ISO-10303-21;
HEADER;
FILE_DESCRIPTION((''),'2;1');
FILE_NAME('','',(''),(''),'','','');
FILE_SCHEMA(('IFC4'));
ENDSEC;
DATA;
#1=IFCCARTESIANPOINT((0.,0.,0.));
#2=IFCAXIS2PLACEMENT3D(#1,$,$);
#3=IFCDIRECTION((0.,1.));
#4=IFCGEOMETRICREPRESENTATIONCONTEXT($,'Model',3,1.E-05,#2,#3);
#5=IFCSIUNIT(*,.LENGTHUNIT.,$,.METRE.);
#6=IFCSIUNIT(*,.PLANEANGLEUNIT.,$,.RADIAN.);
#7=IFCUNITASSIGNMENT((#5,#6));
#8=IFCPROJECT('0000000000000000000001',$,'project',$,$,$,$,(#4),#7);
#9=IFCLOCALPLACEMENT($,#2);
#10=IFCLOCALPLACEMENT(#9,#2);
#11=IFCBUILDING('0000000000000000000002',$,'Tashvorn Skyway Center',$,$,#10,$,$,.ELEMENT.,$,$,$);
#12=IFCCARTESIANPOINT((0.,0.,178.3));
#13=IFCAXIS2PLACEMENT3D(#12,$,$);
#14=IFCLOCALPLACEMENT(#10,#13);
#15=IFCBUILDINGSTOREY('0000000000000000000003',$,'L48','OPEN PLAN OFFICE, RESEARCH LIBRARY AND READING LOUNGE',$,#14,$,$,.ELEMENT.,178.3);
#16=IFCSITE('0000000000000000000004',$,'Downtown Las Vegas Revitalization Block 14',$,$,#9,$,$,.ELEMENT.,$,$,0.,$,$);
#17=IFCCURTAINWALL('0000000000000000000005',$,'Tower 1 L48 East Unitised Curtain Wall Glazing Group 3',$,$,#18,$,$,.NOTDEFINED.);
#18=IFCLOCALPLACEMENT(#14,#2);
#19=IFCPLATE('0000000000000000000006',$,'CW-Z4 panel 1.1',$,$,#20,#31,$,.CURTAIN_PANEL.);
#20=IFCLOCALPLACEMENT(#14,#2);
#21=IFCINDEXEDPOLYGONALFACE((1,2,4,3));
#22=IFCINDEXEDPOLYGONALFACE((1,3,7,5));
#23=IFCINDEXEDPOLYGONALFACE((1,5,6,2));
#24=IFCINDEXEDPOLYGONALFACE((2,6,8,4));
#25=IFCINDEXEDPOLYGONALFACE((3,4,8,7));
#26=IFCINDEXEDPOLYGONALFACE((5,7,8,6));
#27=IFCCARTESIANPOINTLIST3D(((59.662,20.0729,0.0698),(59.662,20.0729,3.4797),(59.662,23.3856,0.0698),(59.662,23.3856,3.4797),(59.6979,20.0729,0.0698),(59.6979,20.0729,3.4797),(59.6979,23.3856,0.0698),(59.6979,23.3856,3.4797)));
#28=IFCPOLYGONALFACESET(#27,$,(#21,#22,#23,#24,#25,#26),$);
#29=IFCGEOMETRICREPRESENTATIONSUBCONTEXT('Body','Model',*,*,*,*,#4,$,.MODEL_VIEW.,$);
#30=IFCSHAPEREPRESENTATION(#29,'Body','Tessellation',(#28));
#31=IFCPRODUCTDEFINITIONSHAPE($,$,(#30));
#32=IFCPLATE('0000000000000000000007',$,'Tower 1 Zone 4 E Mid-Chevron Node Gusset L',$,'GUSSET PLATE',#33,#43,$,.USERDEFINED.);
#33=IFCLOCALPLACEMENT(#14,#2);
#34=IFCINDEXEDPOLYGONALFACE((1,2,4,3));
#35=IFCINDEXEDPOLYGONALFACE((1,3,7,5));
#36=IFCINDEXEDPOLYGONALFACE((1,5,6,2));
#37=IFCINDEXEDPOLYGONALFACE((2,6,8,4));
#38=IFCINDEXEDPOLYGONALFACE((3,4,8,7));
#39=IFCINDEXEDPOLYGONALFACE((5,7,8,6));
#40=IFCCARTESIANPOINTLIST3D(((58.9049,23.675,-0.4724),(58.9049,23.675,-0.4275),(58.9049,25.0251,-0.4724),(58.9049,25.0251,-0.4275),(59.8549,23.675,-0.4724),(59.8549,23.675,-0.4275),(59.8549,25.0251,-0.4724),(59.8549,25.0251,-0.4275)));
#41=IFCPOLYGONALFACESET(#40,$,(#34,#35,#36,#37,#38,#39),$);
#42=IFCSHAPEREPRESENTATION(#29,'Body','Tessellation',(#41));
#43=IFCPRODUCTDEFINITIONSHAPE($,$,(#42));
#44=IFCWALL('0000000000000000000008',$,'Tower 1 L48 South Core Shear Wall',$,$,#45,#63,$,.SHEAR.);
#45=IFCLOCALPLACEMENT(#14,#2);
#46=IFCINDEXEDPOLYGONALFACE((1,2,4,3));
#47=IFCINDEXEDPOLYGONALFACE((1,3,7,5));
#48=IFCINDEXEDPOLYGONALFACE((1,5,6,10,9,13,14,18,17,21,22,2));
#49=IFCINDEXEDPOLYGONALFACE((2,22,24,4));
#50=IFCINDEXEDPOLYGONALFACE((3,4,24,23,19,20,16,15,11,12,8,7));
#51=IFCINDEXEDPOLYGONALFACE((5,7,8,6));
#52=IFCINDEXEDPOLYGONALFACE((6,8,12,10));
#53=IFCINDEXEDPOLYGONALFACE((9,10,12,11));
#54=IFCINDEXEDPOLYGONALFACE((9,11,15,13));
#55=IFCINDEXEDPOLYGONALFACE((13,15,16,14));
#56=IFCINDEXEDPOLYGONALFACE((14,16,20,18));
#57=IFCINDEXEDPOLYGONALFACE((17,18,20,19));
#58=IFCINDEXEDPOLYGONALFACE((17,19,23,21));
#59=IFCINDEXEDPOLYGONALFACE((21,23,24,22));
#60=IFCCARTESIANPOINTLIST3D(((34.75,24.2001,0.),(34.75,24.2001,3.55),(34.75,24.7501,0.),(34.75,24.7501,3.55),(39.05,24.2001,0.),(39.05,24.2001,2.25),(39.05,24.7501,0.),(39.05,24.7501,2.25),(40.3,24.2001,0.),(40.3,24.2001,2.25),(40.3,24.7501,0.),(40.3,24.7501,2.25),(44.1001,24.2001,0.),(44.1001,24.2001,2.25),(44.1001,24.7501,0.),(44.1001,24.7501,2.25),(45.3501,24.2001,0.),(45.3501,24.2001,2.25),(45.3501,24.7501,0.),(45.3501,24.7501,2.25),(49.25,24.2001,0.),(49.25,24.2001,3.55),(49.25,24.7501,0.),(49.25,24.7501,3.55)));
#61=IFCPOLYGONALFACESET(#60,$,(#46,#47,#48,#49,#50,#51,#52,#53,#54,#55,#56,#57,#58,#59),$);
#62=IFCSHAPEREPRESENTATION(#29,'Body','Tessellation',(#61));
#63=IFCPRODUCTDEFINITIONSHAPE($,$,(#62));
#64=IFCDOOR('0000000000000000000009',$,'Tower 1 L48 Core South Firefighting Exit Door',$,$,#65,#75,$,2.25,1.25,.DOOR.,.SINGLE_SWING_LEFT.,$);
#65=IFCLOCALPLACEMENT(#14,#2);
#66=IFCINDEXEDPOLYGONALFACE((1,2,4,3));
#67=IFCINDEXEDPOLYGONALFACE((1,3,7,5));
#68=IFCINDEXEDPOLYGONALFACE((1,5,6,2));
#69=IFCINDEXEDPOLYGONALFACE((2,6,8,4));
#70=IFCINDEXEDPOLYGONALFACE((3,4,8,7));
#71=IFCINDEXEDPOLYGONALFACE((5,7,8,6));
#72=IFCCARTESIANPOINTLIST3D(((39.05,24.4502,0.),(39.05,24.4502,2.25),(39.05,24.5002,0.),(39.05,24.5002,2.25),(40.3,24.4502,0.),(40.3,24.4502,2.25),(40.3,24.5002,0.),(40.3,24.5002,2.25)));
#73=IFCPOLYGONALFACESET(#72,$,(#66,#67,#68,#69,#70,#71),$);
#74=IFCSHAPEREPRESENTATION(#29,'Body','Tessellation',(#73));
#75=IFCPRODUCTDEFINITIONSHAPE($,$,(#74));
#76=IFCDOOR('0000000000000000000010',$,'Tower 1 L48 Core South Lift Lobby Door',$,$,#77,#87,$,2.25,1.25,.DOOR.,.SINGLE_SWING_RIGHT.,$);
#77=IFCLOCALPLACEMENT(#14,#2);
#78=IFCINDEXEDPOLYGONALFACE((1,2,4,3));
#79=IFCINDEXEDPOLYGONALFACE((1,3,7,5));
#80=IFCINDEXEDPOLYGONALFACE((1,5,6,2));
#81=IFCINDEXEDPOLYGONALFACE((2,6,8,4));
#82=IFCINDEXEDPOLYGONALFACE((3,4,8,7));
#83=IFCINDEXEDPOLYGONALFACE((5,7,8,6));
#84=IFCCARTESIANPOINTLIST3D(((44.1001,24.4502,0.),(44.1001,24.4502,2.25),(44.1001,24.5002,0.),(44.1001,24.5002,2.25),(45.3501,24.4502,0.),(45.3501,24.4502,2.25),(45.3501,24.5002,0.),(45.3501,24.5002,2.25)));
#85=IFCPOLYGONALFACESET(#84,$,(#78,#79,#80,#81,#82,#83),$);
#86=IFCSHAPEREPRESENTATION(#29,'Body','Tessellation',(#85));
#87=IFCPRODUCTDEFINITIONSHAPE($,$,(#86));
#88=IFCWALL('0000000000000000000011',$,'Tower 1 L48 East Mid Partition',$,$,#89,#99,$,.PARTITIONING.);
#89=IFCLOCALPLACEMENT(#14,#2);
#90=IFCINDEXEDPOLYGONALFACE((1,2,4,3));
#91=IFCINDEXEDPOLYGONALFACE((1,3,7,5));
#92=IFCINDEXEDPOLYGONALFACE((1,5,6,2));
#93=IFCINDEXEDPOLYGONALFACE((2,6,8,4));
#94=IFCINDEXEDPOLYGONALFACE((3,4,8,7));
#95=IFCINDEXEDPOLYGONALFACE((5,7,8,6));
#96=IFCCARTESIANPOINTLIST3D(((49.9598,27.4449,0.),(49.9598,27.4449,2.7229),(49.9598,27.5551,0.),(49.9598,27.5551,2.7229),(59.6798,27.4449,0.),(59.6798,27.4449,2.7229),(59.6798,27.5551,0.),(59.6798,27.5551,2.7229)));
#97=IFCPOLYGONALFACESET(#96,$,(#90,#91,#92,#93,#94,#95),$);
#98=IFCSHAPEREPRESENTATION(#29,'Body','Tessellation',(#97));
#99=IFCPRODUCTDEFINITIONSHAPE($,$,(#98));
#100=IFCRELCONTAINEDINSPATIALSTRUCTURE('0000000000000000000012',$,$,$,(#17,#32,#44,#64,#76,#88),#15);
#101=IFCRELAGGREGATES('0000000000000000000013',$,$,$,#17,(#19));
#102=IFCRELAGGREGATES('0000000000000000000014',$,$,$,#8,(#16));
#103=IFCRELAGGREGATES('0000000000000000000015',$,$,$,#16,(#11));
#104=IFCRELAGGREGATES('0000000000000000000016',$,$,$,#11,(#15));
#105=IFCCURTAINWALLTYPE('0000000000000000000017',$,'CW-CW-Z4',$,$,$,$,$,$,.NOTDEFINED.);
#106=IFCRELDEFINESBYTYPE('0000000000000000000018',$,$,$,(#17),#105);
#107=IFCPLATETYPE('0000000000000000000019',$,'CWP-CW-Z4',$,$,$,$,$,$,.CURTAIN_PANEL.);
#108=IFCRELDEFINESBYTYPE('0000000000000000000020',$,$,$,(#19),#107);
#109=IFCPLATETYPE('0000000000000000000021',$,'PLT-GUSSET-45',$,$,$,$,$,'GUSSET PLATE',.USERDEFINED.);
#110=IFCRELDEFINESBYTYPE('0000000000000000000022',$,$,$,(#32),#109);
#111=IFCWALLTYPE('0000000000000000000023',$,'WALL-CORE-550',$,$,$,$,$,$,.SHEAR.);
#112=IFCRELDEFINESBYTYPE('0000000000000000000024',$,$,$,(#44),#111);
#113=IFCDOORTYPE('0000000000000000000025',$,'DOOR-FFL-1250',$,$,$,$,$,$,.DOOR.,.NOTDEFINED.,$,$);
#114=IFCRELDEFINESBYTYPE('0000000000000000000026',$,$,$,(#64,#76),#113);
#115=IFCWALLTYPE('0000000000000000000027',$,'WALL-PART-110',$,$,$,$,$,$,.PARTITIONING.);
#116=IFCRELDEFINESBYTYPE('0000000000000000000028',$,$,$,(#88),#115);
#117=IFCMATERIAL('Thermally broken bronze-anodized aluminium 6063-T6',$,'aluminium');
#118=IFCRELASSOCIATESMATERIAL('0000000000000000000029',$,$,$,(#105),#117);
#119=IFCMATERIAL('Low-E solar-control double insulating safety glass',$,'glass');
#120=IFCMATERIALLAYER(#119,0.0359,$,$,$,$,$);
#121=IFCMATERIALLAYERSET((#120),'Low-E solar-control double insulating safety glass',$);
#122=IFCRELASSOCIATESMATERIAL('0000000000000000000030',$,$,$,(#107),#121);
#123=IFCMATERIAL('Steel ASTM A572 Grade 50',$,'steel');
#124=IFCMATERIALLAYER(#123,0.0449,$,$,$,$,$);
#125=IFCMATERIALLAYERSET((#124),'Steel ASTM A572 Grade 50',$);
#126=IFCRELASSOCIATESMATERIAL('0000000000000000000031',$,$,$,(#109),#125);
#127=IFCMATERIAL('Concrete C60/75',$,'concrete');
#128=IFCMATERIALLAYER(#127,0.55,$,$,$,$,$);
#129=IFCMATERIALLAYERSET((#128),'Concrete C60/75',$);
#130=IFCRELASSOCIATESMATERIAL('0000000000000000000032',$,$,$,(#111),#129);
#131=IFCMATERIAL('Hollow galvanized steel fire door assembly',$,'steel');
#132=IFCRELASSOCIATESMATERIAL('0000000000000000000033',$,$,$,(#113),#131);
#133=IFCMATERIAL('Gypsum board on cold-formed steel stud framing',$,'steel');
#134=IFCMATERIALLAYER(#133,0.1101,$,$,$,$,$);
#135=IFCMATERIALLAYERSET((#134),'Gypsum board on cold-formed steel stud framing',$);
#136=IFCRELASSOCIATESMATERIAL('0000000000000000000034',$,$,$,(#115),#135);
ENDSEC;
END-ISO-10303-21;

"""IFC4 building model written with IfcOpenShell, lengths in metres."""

from ifc_helpers import new_model, si_unit, direction, frame, frame_2d, origin, origin_2d, place, context, subcontext, project, spatial, rectangle, extrude, material, layer, layer_set, type_object, element, fill, aggregate, save


model = new_model("IFC4")

# Units and contexts
model_context = context("Model", 3, precision=1e-05, world=origin(), true_north=direction((0.0, 1.0)))
body_context = subcontext(model_context, "Body", "Model", "MODEL_VIEW")
ifc_project = project(units=[si_unit("LENGTHUNIT", "METRE"), si_unit("PLANEANGLEUNIT", "RADIAN")], contexts=[model_context])

# Site, building, storey
site_placement = place(None, origin())
site = spatial("IfcSite", under=ifc_project, at=site_placement, Name="Downtown Las Vegas Revitalization Block 14", CompositionType="ELEMENT", RefElevation=0.0)
building_placement = place(site_placement, origin())
building = spatial("IfcBuilding", under=site, at=building_placement, Name="Tashvorn Skyway Center", CompositionType="ELEMENT")
storey_placement = place(building_placement, frame((0.0, 0.0, 178.3)))
storey = spatial("IfcBuildingStorey", under=building, at=storey_placement, Name="L48", Description="OPEN PLAN OFFICE, RESEARCH LIBRARY AND READING LOUNGE", CompositionType="ELEMENT", Elevation=178.3)

# Shared definitions
ifc_material_1 = material(Name="Steel ASTM A572 Grade 50", Category="steel")

# Shared definitions
ifc_material_2 = material(Name="Thermally broken bronze-anodized aluminium 6063-T6", Category="aluminium")
curtain_wall_type = type_object("IfcCurtainWallType", Name="CW-CW-Z4", PredefinedType="NOTDEFINED", material=ifc_material_2)

# Curtain wall
curtain_wall_1_placement = place(storey_placement, origin())
curtain_wall_1 = element("IfcCurtainWall", 1, at=curtain_wall_1_placement, inside=storey, type_object=curtain_wall_type, Name="Tower 1 L48 East Unitised Curtain Wall Glazing Group 3", PredefinedType="NOTDEFINED")

# Plates
ifc_material_3 = material(Name="Low-E solar-control double insulating safety glass", Category="glass")
ifc_layer_1 = layer(ifc_material_3, 0.0359)
ifc_layer_set_1 = layer_set([ifc_layer_1], Name="Low-E solar-control double insulating safety glass")
plate_type_1 = type_object("IfcPlateType", Name="CWP-CW-Z4", PredefinedType="CURTAIN_PANEL", material=ifc_layer_set_1)
plate_1_placement = place(storey_placement, frame((59.6799, 21.7292, 0.0698), z_axis=(0.0, 0.0, 1.0), x_axis=(0.0, -1.0, 0.0)))
plate_1 = element("IfcPlate", 2, at=plate_1_placement, type_object=plate_type_1, Name="CW-Z4 panel 1.1", PredefinedType="CURTAIN_PANEL", context=body_context, shape_type="SweptSolid", body=[
    extrude(rectangle(XDim=3.3127, YDim=0.0359, at=origin_2d()), origin(), (0.0, 0.0, 1.0), 3.4099),
])
aggregate(curtain_wall_1, [plate_1])
ifc_layer_2 = layer(ifc_material_1, 0.0449)
ifc_layer_set_2 = layer_set([ifc_layer_2], Name="Steel ASTM A572 Grade 50")
plate_type_2 = type_object("IfcPlateType", Name="PLT-GUSSET-45", ElementType="GUSSET PLATE", PredefinedType="USERDEFINED", material=ifc_layer_set_2)
plate_2_placement = place(storey_placement, frame((59.3799, 24.3501, -0.4724), z_axis=(0.0, 0.0, 1.0), x_axis=(0.0, 1.0, 0.0)))
element("IfcPlate", 3, at=plate_2_placement, inside=storey, type_object=plate_type_2, Name="Tower 1 Zone 4 E Mid-Chevron Node Gusset L", ObjectType="GUSSET PLATE", PredefinedType="USERDEFINED", context=body_context, shape_type="SweptSolid", body=[
    extrude(rectangle(XDim=1.3501, YDim=0.95, at=origin_2d()), origin(), (0.0, 0.0, 1.0), 0.0449),
])

# Wall, openings, doors
ifc_material_4 = material(Name="Concrete C60/75", Category="concrete")
ifc_layer_3 = layer(ifc_material_4, 0.55)
ifc_layer_set_3 = layer_set([ifc_layer_3], Name="Concrete C60/75")
wall_type_1 = type_object("IfcWallType", Name="WALL-CORE-550", PredefinedType="SHEAR", material=ifc_layer_set_3)
wall_1_placement = place(storey_placement, frame((49.25, 24.4751, 0.0), z_axis=(0.0, 0.0, 1.0), x_axis=(-1.0, 0.0, 0.0)))
wall_1 = element("IfcWall", 4, at=wall_1_placement, inside=storey, type_object=wall_type_1, Name="Tower 1 L48 South Core Shear Wall", PredefinedType="SHEAR", context=body_context, shape_type="SweptSolid", body=[
    extrude(rectangle(XDim=14.5, YDim=0.55, at=frame_2d((7.25, 0.0))), origin(), (0.0, 0.0, 1.0), 3.55),
])
opening_1_placement = place(wall_1_placement, frame((8.95, 0.0, 0.0)))
opening_1 = element("IfcOpeningElement", 5, at=opening_1_placement, cuts=wall_1, PredefinedType="OPENING", context=body_context, shape_type="SweptSolid", body=[
    extrude(rectangle(XDim=1.25, YDim=2.25, at=frame_2d((0.625, 1.125))), frame((0.0, 0.2849, 0.0), z_axis=(0.0, -1.0, 0.0), x_axis=(1.0, 0.0, 0.0)), (0.0, 0.0, 1.0), 0.5701),
])
opening_2_placement = place(wall_1_placement, frame((3.8999, 0.0, 0.0)))
opening_2 = element("IfcOpeningElement", 6, at=opening_2_placement, cuts=wall_1, PredefinedType="OPENING", context=body_context, shape_type="SweptSolid", body=[
    extrude(rectangle(XDim=1.25, YDim=2.25, at=frame_2d((0.625, 1.125))), frame((0.0, 0.2849, 0.0), z_axis=(0.0, -1.0, 0.0), x_axis=(1.0, 0.0, 0.0)), (0.0, 0.0, 1.0), 0.5701),
])
ifc_material_5 = material(Name="Hollow galvanized steel fire door assembly", Category="steel")
door_type_1 = type_object("IfcDoorType", Name="DOOR-FFL-1250", OperationType="NOTDEFINED", PredefinedType="DOOR", material=ifc_material_5)
door_1_placement = place(opening_1_placement, origin())
door_1 = element("IfcDoor", 7, at=door_1_placement, inside=storey, type_object=door_type_1, Name="Tower 1 L48 Core South Firefighting Exit Door", OperationType="SINGLE_SWING_LEFT", OverallHeight=2.25, OverallWidth=1.25, PredefinedType="DOOR", context=body_context, shape_type="SweptSolid", body=[
    extrude(rectangle(XDim=1.25, YDim=2.25, at=frame_2d((0.625, 1.125))), frame((0.0, 0.0249, 0.0), z_axis=(0.0, -1.0, 0.0), x_axis=(1.0, 0.0, 0.0)), (0.0, 0.0, 1.0), 0.05),
])
fill(opening_1, door_1)
door_2_placement = place(opening_2_placement, origin())
door_2 = element("IfcDoor", 8, at=door_2_placement, inside=storey, type_object=door_type_1, Name="Tower 1 L48 Core South Lift Lobby Door", OperationType="SINGLE_SWING_RIGHT", OverallHeight=2.25, OverallWidth=1.25, PredefinedType="DOOR", context=body_context, shape_type="SweptSolid", body=[
    extrude(rectangle(XDim=1.25, YDim=2.25, at=frame_2d((0.625, 1.125))), frame((0.0, 0.0249, 0.0), z_axis=(0.0, -1.0, 0.0), x_axis=(1.0, 0.0, 0.0)), (0.0, 0.0, 1.0), 0.05),
])
fill(opening_2, door_2)

# Wall
ifc_material_6 = material(Name="Gypsum board on cold-formed steel stud framing", Category="steel")
ifc_layer_4 = layer(ifc_material_6, 0.1101)
ifc_layer_set_4 = layer_set([ifc_layer_4], Name="Gypsum board on cold-formed steel stud framing")
wall_type_2 = type_object("IfcWallType", Name="WALL-PART-110", PredefinedType="PARTITIONING", material=ifc_layer_set_4)
wall_2_placement = place(storey_placement, frame((49.96, 27.5, 0.0), z_axis=(0.0, 0.0, 1.0), x_axis=(1.0, 0.0, 0.0)))
element("IfcWall", 9, at=wall_2_placement, inside=storey, type_object=wall_type_2, Name="Tower 1 L48 East Mid Partition", PredefinedType="PARTITIONING", context=body_context, shape_type="SweptSolid", body=[
    extrude(rectangle(XDim=9.72, YDim=0.1101, at=frame_2d((4.8599, 0.0))), origin(), (0.0, 0.0, 1.0), 2.7229),
])

save(model, "model.ifc")
